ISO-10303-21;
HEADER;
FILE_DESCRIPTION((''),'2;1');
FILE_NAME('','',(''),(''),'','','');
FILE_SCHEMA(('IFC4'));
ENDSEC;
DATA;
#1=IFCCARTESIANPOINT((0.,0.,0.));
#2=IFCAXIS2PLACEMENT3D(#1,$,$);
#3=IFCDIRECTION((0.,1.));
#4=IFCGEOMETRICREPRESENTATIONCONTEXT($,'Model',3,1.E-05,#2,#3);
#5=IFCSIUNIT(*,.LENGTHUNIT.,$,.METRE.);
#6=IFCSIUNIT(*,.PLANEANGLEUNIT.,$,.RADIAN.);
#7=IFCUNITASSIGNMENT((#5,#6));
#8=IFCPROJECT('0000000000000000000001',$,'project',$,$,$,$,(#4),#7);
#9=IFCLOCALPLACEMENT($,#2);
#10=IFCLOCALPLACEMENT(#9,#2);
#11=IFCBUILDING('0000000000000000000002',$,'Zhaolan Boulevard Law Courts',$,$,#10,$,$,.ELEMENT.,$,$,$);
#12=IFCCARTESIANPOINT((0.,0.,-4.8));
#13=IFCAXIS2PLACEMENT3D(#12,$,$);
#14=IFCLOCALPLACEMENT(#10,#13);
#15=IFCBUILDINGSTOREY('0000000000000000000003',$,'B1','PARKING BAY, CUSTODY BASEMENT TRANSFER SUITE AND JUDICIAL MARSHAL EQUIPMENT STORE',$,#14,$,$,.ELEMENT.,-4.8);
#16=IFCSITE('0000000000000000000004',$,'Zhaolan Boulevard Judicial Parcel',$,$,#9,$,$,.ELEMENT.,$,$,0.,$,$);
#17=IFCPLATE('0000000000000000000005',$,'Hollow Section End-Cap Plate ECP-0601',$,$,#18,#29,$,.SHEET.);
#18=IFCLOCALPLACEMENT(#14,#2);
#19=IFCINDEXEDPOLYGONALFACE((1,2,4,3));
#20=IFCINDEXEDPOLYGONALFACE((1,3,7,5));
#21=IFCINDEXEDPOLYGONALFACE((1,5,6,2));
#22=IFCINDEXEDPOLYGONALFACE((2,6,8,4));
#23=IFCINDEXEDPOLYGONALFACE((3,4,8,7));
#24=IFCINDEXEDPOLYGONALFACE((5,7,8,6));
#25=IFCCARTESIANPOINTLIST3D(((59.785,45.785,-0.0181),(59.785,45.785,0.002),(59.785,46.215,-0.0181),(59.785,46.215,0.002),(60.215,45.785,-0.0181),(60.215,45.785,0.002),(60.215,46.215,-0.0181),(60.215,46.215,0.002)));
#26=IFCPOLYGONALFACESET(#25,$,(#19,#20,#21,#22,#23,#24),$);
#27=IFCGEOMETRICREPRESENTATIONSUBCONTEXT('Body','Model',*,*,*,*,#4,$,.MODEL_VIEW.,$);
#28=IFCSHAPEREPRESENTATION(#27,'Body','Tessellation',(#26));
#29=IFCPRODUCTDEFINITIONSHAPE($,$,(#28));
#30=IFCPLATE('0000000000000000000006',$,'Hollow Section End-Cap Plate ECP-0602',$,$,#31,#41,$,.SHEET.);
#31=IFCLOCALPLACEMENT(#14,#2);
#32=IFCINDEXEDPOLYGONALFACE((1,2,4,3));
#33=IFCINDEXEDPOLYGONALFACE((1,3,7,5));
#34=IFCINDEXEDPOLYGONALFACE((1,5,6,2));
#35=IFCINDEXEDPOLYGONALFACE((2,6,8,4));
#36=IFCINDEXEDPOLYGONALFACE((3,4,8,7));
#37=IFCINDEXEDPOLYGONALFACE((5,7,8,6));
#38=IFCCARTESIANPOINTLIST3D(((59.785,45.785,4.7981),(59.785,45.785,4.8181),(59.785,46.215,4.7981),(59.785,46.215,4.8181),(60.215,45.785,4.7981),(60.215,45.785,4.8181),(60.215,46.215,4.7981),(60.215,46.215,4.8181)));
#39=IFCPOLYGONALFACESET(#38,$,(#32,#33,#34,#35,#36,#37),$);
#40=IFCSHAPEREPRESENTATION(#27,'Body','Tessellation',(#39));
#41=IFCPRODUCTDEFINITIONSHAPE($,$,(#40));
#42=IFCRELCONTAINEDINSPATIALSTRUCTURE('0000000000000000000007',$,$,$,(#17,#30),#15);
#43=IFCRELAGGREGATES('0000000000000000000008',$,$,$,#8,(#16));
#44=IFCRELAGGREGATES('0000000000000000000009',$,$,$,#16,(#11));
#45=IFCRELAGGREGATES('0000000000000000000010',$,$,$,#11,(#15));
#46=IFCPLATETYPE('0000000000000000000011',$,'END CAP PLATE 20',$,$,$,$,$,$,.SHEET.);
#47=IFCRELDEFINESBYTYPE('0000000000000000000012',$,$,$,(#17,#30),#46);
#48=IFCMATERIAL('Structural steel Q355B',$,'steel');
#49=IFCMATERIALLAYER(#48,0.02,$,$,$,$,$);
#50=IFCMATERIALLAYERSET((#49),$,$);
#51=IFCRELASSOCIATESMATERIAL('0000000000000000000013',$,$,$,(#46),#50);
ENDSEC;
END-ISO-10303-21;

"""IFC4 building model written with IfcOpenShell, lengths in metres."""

from ifc_helpers import new_model, si_unit, direction, frame, origin, origin_2d, place, context, subcontext, project, spatial, rectangle, extrude, material, layer, layer_set, type_object, element, save


model = new_model("IFC4")

# Units and contexts
model_context = context("Model", 3, precision=1e-05, world=origin(), true_north=direction((0.0, 1.0)))
body_context = subcontext(model_context, "Body", "Model", "MODEL_VIEW")
ifc_project = project(units=[si_unit("LENGTHUNIT", "METRE"), si_unit("PLANEANGLEUNIT", "RADIAN")], contexts=[model_context])

# Site, building, storey
site_placement = place(None, origin())
site = spatial("IfcSite", under=ifc_project, at=site_placement, Name="Zhaolan Boulevard Judicial Parcel", CompositionType="ELEMENT", RefElevation=0.0)
building_placement = place(site_placement, origin())
building = spatial("IfcBuilding", under=site, at=building_placement, Name="Zhaolan Boulevard Law Courts", CompositionType="ELEMENT")
storey_placement = place(building_placement, frame((0.0, 0.0, -4.8)))
storey = spatial("IfcBuildingStorey", under=building, at=storey_placement, Name="B1", Description="PARKING BAY, CUSTODY BASEMENT TRANSFER SUITE AND JUDICIAL MARSHAL EQUIPMENT STORE", CompositionType="ELEMENT", Elevation=-4.8)

# Plates
ifc_material_1 = material(Name="Structural steel Q355B", Category="steel")
ifc_layer = layer(ifc_material_1, 0.02)
ifc_layer_set = layer_set([ifc_layer])
plate_type = type_object("IfcPlateType", Name="END CAP PLATE 20", PredefinedType="SHEET", material=ifc_layer_set)
for number, where, z_axis, x_axis, name in (
    (1, (60.0, 46.0, -0.0181), (0.0, 0.0, 1.0), (1.0, 0.0, 0.0), "Hollow Section End-Cap Plate ECP-0601"),
    (2, (60.0, 46.0, 4.7981), (0.0, 0.0, 1.0), (1.0, 0.0, 0.0), "Hollow Section End-Cap Plate ECP-0602"),
):
    element("IfcPlate", number, at=place(storey_placement, frame(where, z_axis=z_axis, x_axis=x_axis)), inside=storey, type_object=plate_type, Name=name, PredefinedType="SHEET", context=body_context, shape_type="SweptSolid", body=[
        extrude(rectangle(XDim=0.4299, YDim=0.4299, at=origin_2d()), origin(), (0.0, 0.0, 1.0), 0.02),
    ])

save(model, "model.ifc")
